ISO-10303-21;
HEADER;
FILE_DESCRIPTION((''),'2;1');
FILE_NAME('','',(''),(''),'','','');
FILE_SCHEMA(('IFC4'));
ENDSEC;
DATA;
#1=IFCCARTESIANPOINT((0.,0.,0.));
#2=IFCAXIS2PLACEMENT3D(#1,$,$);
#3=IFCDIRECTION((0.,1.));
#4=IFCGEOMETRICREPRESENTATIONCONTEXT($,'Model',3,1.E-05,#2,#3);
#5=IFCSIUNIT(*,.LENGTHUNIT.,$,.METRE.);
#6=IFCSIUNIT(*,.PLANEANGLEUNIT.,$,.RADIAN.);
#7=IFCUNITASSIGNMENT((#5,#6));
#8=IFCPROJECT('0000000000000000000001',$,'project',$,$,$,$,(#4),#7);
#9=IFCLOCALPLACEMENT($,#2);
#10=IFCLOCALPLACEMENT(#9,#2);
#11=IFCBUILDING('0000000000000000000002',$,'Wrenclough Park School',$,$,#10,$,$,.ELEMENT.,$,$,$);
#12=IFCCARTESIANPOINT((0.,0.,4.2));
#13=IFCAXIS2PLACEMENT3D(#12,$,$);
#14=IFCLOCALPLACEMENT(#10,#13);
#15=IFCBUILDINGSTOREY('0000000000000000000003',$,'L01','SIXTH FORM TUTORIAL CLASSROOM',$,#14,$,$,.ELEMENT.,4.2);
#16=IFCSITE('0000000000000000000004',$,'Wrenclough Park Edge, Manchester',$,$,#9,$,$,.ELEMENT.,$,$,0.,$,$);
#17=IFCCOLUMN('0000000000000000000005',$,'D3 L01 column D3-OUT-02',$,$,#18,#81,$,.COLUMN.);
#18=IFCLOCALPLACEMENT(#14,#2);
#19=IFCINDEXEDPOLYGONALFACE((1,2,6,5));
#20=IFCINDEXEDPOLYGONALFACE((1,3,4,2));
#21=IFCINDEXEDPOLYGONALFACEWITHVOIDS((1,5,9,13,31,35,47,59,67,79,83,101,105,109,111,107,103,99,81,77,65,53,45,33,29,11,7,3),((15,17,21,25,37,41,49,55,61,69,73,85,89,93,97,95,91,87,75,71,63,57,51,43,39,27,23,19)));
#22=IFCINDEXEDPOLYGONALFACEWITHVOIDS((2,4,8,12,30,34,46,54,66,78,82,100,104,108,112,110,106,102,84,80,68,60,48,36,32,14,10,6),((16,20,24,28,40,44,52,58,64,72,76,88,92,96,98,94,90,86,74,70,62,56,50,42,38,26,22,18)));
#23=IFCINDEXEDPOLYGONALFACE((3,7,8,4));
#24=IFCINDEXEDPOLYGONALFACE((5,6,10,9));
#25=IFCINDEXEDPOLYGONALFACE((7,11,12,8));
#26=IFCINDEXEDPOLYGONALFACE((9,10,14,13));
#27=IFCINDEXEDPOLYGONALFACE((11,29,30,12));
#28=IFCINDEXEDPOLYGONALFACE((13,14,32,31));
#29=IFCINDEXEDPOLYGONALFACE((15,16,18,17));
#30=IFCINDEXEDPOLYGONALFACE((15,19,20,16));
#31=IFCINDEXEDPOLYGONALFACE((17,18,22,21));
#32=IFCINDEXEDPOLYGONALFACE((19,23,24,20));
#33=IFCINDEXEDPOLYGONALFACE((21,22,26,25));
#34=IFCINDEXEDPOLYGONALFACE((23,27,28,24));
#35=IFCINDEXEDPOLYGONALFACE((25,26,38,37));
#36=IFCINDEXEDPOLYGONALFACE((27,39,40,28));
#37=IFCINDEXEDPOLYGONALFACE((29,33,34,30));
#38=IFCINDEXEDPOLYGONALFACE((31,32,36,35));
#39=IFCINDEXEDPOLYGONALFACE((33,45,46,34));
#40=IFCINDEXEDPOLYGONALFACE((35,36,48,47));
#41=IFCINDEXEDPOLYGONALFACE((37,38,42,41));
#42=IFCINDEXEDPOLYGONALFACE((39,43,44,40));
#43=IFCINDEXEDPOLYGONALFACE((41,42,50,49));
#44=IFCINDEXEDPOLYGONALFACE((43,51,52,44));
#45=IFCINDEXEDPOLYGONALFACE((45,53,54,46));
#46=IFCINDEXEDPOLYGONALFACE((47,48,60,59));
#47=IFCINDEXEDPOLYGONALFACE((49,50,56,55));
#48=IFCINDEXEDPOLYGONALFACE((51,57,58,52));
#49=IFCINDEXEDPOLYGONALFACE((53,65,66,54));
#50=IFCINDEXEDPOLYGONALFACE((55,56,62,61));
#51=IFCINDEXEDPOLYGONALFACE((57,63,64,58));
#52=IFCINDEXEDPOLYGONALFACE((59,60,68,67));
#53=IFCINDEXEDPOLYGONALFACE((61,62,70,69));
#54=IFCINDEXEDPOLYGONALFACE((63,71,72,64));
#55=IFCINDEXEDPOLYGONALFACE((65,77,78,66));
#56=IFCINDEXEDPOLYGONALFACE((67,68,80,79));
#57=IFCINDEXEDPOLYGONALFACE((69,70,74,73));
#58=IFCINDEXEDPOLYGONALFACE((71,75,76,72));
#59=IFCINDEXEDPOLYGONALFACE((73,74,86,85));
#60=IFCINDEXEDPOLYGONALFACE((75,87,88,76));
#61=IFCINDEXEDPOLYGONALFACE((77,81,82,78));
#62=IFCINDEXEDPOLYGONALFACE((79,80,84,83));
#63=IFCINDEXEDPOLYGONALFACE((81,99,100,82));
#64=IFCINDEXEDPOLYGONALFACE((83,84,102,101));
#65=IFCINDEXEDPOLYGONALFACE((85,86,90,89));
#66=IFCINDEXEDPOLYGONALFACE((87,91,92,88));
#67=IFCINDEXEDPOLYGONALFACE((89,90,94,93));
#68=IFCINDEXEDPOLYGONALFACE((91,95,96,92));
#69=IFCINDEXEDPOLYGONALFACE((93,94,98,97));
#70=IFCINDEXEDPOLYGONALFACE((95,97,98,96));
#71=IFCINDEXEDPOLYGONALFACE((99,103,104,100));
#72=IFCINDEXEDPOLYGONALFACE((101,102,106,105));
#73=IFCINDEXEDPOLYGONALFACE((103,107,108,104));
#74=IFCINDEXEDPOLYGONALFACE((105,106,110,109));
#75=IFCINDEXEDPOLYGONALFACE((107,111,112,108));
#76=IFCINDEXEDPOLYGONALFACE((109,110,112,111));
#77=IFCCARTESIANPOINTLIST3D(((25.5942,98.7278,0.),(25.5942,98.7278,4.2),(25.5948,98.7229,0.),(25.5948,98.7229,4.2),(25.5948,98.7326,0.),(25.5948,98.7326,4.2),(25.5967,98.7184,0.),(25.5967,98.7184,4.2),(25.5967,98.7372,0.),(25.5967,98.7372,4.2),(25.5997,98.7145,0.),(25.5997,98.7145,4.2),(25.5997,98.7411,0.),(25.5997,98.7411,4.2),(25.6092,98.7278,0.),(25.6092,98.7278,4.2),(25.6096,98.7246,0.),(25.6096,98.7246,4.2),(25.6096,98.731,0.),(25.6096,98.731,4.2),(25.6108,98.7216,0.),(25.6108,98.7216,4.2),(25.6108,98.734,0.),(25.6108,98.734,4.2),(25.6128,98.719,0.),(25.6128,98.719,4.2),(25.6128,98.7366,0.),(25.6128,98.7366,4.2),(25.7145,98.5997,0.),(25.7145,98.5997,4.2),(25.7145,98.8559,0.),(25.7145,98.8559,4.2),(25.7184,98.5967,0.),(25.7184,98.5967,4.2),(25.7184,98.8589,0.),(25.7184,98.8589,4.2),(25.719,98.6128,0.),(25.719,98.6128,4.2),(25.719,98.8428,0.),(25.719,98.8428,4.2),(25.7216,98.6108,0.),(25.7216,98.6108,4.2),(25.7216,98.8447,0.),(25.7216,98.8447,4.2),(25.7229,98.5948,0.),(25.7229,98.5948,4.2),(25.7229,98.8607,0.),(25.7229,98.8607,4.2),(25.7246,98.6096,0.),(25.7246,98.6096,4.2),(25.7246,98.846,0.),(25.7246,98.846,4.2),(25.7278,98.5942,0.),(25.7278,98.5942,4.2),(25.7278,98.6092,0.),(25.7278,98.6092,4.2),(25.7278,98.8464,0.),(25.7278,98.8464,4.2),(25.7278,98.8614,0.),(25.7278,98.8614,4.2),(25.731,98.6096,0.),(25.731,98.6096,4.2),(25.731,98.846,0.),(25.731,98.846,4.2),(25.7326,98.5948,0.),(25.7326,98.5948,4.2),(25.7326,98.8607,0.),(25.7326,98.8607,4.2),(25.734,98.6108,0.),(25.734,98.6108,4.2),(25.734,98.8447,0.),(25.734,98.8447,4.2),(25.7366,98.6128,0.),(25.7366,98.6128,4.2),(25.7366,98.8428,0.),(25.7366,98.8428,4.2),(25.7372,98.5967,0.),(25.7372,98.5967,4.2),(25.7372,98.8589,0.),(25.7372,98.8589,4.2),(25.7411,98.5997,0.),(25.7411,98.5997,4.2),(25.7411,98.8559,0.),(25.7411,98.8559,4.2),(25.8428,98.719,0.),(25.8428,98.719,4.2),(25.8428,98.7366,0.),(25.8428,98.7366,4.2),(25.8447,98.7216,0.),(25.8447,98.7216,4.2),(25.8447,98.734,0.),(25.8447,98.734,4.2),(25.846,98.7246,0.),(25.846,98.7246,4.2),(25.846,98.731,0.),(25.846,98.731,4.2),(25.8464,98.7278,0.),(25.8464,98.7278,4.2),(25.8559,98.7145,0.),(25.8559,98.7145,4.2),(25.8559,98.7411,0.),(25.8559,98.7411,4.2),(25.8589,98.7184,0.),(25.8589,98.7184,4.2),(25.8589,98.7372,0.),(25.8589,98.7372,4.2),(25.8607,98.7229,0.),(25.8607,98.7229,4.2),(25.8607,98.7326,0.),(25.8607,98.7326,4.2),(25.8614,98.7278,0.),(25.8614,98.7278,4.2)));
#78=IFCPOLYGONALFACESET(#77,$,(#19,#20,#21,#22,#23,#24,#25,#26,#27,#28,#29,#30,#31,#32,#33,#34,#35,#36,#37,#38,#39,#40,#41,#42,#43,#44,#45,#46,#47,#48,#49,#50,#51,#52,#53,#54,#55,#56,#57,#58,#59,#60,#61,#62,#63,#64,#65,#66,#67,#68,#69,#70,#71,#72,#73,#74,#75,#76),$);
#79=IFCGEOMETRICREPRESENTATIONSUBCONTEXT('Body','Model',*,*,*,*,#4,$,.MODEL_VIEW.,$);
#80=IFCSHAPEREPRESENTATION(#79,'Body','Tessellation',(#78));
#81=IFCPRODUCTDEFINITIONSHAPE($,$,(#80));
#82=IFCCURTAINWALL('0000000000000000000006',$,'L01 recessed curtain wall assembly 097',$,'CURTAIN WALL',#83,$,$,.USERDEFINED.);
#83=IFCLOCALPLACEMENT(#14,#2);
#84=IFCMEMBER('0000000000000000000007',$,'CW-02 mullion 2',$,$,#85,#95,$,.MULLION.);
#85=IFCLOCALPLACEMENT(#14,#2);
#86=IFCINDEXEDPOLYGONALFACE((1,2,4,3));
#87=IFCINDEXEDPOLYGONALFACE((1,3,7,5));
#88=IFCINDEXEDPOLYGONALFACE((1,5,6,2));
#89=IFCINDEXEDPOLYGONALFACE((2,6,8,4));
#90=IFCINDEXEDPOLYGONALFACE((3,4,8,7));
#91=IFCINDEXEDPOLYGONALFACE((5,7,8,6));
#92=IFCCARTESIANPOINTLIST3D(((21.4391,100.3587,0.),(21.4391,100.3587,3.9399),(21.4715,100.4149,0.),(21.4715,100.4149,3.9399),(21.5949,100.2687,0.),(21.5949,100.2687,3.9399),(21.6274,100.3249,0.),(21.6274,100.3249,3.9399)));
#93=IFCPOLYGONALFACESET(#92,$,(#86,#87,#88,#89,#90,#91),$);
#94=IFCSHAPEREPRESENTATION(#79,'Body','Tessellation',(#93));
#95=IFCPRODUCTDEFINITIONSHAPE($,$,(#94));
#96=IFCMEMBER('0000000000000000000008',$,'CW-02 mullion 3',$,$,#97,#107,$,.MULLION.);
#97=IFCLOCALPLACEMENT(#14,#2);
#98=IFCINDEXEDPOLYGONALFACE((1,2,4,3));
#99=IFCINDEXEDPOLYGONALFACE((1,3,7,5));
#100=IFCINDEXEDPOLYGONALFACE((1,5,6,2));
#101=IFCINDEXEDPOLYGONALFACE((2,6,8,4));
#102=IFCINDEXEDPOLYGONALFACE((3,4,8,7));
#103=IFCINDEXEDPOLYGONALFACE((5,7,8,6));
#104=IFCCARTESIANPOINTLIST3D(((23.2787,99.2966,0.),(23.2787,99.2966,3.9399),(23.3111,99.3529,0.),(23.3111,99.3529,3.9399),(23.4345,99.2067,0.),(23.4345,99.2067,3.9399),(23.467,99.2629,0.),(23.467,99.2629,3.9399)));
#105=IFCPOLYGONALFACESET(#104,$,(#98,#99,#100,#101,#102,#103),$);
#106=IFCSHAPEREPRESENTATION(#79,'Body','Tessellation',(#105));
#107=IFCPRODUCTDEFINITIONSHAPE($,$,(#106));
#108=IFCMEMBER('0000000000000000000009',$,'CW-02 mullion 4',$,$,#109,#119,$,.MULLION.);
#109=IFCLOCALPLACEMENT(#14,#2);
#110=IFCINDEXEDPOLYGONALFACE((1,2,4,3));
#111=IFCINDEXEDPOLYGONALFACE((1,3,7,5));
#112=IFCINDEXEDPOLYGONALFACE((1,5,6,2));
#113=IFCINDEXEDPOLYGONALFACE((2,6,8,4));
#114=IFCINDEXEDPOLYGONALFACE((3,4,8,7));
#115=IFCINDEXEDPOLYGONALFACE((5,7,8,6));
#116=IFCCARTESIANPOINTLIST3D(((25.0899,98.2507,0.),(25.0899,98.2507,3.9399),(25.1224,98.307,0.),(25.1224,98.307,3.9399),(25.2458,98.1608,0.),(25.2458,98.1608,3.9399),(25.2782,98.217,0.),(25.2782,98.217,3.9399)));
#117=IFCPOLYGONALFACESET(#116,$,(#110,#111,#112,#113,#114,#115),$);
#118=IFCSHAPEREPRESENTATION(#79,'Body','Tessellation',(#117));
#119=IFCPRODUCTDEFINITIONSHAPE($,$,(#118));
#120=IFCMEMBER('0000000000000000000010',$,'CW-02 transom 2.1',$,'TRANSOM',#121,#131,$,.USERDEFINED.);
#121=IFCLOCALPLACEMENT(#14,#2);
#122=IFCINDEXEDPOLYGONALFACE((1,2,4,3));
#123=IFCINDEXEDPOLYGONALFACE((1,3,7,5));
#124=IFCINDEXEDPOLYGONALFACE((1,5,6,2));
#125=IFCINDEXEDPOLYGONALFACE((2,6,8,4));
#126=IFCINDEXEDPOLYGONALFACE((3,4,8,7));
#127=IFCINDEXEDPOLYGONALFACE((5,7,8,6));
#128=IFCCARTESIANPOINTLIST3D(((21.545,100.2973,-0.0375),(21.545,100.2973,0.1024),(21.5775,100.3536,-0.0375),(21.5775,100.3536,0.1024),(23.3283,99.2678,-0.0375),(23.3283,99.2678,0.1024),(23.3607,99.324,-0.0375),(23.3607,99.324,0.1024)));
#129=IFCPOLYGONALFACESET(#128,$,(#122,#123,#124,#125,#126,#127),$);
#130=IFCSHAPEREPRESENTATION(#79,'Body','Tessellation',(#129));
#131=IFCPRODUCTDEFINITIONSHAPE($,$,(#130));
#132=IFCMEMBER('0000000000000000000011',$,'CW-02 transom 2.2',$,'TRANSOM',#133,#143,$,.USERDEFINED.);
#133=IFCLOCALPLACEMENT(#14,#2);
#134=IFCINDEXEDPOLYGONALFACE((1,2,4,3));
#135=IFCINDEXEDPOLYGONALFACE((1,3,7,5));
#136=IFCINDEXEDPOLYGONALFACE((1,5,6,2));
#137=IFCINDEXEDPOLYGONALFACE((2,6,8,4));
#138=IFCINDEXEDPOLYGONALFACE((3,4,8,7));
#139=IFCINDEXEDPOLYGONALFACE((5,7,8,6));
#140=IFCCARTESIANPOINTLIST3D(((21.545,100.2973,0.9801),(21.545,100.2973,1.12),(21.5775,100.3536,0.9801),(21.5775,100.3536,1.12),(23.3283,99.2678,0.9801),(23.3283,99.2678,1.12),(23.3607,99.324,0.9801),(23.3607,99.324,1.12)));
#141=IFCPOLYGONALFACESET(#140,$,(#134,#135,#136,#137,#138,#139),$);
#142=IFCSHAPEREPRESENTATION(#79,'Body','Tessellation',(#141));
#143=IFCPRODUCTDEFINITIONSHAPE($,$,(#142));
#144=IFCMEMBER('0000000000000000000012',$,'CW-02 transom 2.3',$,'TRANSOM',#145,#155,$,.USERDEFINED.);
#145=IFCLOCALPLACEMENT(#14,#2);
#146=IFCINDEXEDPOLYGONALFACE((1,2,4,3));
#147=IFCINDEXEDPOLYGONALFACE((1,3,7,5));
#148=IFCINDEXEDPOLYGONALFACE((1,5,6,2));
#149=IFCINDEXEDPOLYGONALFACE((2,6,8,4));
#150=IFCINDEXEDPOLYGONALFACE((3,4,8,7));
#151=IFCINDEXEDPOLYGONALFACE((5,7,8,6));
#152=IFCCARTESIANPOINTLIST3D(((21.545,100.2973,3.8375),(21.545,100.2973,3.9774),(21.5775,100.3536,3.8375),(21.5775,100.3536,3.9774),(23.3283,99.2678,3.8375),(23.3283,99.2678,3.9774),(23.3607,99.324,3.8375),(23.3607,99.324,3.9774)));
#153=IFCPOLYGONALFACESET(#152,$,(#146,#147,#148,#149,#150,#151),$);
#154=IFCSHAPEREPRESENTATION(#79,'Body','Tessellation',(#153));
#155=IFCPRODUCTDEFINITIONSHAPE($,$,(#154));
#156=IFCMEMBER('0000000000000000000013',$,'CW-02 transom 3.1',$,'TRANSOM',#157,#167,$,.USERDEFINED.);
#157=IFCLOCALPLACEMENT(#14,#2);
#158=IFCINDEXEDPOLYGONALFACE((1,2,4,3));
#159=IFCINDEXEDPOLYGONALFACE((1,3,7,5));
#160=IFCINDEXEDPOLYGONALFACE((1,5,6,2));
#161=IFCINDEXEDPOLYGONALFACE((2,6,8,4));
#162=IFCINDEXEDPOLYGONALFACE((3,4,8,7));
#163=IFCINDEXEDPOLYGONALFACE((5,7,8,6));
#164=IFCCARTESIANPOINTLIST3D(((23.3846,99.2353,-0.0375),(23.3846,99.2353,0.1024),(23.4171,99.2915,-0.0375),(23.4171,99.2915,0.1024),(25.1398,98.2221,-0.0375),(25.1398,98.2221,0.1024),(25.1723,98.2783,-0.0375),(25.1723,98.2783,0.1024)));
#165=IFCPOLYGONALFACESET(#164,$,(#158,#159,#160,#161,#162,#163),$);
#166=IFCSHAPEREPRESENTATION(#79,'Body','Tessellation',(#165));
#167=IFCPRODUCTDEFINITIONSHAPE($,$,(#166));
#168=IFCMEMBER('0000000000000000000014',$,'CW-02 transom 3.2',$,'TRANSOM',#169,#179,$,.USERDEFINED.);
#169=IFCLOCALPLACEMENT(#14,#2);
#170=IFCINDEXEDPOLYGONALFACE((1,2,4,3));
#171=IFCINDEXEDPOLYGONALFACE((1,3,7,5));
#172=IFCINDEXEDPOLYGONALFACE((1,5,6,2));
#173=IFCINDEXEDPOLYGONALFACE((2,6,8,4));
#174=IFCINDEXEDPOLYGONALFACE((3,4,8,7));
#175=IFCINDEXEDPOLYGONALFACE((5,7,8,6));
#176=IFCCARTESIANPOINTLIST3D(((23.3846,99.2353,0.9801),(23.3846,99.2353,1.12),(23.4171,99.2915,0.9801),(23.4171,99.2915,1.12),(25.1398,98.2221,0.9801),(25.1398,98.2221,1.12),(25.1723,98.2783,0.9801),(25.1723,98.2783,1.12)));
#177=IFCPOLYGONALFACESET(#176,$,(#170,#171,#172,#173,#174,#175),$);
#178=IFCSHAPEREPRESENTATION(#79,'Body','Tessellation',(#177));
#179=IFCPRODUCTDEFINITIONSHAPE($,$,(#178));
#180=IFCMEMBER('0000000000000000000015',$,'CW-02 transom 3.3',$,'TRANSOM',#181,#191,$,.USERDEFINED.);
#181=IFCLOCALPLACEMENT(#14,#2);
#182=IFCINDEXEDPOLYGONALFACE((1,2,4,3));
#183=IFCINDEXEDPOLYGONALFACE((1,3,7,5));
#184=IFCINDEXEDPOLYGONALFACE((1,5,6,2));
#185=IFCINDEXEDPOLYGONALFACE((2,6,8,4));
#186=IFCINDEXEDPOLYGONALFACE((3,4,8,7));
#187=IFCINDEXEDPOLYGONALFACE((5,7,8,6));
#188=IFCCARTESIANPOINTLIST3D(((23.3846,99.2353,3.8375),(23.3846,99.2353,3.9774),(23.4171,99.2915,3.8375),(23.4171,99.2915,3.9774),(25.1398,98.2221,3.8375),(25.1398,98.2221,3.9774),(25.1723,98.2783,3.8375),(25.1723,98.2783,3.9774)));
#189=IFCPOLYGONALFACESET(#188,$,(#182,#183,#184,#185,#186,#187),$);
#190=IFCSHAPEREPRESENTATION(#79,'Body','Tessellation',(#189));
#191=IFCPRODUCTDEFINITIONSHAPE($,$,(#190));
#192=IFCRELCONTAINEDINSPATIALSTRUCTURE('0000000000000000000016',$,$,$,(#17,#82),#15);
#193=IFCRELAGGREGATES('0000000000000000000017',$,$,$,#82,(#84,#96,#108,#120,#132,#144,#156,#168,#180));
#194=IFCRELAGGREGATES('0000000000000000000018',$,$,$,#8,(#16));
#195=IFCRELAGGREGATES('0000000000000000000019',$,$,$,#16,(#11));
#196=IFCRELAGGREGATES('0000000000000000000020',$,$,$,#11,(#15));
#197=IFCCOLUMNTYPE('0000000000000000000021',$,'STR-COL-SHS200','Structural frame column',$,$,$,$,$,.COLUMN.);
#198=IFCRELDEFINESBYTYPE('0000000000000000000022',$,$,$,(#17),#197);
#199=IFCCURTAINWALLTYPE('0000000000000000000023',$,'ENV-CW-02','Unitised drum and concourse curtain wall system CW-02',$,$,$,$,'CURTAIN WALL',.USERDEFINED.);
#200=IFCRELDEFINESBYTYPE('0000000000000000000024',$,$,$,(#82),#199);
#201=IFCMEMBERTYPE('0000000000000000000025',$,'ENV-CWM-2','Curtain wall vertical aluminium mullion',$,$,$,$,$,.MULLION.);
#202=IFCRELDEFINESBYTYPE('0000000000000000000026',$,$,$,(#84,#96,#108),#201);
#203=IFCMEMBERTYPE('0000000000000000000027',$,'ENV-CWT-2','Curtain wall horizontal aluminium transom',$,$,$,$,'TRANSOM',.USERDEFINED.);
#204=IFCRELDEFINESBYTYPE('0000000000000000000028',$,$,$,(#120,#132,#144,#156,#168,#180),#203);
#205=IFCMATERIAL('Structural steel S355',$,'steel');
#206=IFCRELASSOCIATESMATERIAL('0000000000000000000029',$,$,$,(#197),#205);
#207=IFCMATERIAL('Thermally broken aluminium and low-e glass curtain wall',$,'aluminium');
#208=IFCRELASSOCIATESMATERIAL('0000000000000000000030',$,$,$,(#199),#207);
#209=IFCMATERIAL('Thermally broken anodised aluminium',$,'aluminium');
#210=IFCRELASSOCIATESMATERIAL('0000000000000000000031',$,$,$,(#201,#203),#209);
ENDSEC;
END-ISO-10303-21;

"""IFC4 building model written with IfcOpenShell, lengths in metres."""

from ifc_helpers import new_model, si_unit, direction, frame, origin, origin_2d, place, context, subcontext, project, spatial, rectangle, hollow_rectangle, extrude, material, material_profile, profile_set, type_object, element, aggregate, save


model = new_model("IFC4")

# Units and contexts
model_context = context("Model", 3, precision=1e-05, world=origin(), true_north=direction((0.0, 1.0)))
body_context = subcontext(model_context, "Body", "Model", "MODEL_VIEW")
ifc_project = project(units=[si_unit("LENGTHUNIT", "METRE"), si_unit("PLANEANGLEUNIT", "RADIAN")], contexts=[model_context])

# Site, building, storey
site_placement = place(None, origin())
site = spatial("IfcSite", under=ifc_project, at=site_placement, Name="Wrenclough Park Edge, Manchester", CompositionType="ELEMENT", RefElevation=0.0)
building_placement = place(site_placement, origin())
building = spatial("IfcBuilding", under=site, at=building_placement, Name="Wrenclough Park School", CompositionType="ELEMENT")
storey_placement = place(building_placement, frame((0.0, 0.0, 4.2)))
storey = spatial("IfcBuildingStorey", under=building, at=storey_placement, Name="L01", Description="SIXTH FORM TUTORIAL CLASSROOM", CompositionType="ELEMENT", Elevation=4.2)

# Column
ifc_material_1 = material(Name="Structural steel S355", Category="steel")
ifc_material_profile_1 = material_profile(ifc_material_1, hollow_rectangle(XDim=0.2, YDim=0.2, WallThickness=0.0125, InnerFilletRadius=0.0125, OuterFilletRadius=0.0188, at=origin_2d()), Name="SHS 200x200x12.5")
ifc_profile_set_1 = profile_set([ifc_material_profile_1], Name="Structural steel S355")
column_type = type_object("IfcColumnType", Name="STR-COL-SHS200", Description="Structural frame column", PredefinedType="COLUMN", material=ifc_profile_set_1)
column_placement = place(storey_placement, frame((25.7278, 98.7278, 0.0), z_axis=(0.0, 0.0, 1.0), x_axis=(-0.707107, 0.707107, 0.0)))
element("IfcColumn", 1, at=column_placement, inside=storey, type_object=column_type, Name="D3 L01 column D3-OUT-02", PredefinedType="COLUMN", context=body_context, shape_type="SweptSolid", body=[
    extrude(hollow_rectangle(XDim=0.2, YDim=0.2, WallThickness=0.0125, InnerFilletRadius=0.0125, OuterFilletRadius=0.0188, at=origin_2d()), origin(), (0.0, 0.0, 1.0), 4.2),
])

# Curtain wall, members
ifc_material_2 = material(Name="Thermally broken aluminium and low-e glass curtain wall", Category="aluminium")
curtain_wall_type = type_object("IfcCurtainWallType", Name="ENV-CW-02", Description="Unitised drum and concourse curtain wall system CW-02", ElementType="CURTAIN WALL", PredefinedType="USERDEFINED", material=ifc_material_2)
curtain_wall_placement = place(storey_placement, origin())
curtain_wall = element("IfcCurtainWall", 2, at=curtain_wall_placement, inside=storey, type_object=curtain_wall_type, Name="L01 recessed curtain wall assembly 097", ObjectType="CURTAIN WALL", PredefinedType="USERDEFINED")
ifc_material_3 = material(Name="Thermally broken anodised aluminium", Category="aluminium")
ifc_material_profile_2 = material_profile(ifc_material_3, rectangle(XDim=0.0649, YDim=0.1799, at=origin_2d()), Name="AL MULLION 65x180")
ifc_profile_set_2 = profile_set([ifc_material_profile_2], Name="Thermally broken anodised aluminium")
member_type_1 = type_object("IfcMemberType", Name="ENV-CWM-2", Description="Curtain wall vertical aluminium mullion", PredefinedType="MULLION", material=ifc_profile_set_2)
member_1_placement = place(storey_placement, frame((21.5332, 100.3418, 0.0), z_axis=(0.0, 0.0, 1.0), x_axis=(0.499999, 0.866026, 0.0)))
member_1 = element("IfcMember", 3, at=member_1_placement, type_object=member_type_1, Name="CW-02 mullion 2", PredefinedType="MULLION", context=body_context, shape_type="SweptSolid", body=[
    extrude(rectangle(XDim=0.0649, YDim=0.1799, at=origin_2d()), origin(), (0.0, 0.0, 1.0), 3.9399),
])
member_2_placement = place(storey_placement, frame((23.3728, 99.2798, 0.0), z_axis=(0.0, 0.0, 1.0), x_axis=(0.499999, 0.866026, 0.0)))
member_2 = element("IfcMember", 4, at=member_2_placement, type_object=member_type_1, Name="CW-02 mullion 3", PredefinedType="MULLION", context=body_context, shape_type="SweptSolid", body=[
    extrude(rectangle(XDim=0.0649, YDim=0.1799, at=origin_2d()), origin(), (0.0, 0.0, 1.0), 3.9399),
])
member_3_placement = place(storey_placement, frame((25.1841, 98.2339, 0.0), z_axis=(0.0, 0.0, 1.0), x_axis=(0.499999, 0.866026, 0.0)))
member_3 = element("IfcMember", 5, at=member_3_placement, type_object=member_type_1, Name="CW-02 mullion 4", PredefinedType="MULLION", context=body_context, shape_type="SweptSolid", body=[
    extrude(rectangle(XDim=0.0649, YDim=0.1799, at=origin_2d()), origin(), (0.0, 0.0, 1.0), 3.9399),
])
ifc_material_profile_3 = material_profile(ifc_material_3, rectangle(XDim=0.0649, YDim=0.1399, at=origin_2d()), Name="AL TRANSOM 65x140")
ifc_profile_set_3 = profile_set([ifc_material_profile_3], Name="Thermally broken anodised aluminium")
member_type_2 = type_object("IfcMemberType", Name="ENV-CWT-2", Description="Curtain wall horizontal aluminium transom", ElementType="TRANSOM", PredefinedType="USERDEFINED", material=ifc_profile_set_3)
member_4_placement = place(storey_placement, frame((21.5613, 100.3254, 0.0325), z_axis=(0.866024, -0.500003, 0.0), x_axis=(0.500003, 0.866024, 0.0)))
member_4 = element("IfcMember", 6, at=member_4_placement, type_object=member_type_2, Name="CW-02 transom 2.1", ObjectType="TRANSOM", PredefinedType="USERDEFINED", context=body_context, shape_type="SweptSolid", body=[
    extrude(rectangle(XDim=0.0649, YDim=0.1399, at=origin_2d()), origin(), (0.0, 0.0, 1.0), 2.0591),
])
member_5_placement = place(storey_placement, frame((21.5613, 100.3254, 1.05), z_axis=(0.866024, -0.500003, 0.0), x_axis=(0.500003, 0.866024, 0.0)))
member_5 = element("IfcMember", 7, at=member_5_placement, type_object=member_type_2, Name="CW-02 transom 2.2", ObjectType="TRANSOM", PredefinedType="USERDEFINED", context=body_context, shape_type="SweptSolid", body=[
    extrude(rectangle(XDim=0.0649, YDim=0.1399, at=origin_2d()), origin(), (0.0, 0.0, 1.0), 2.0591),
])
member_6_placement = place(storey_placement, frame((21.5613, 100.3254, 3.9075), z_axis=(0.866024, -0.500003, 0.0), x_axis=(0.500003, 0.866024, 0.0)))
member_6 = element("IfcMember", 8, at=member_6_placement, type_object=member_type_2, Name="CW-02 transom 2.3", ObjectType="TRANSOM", PredefinedType="USERDEFINED", context=body_context, shape_type="SweptSolid", body=[
    extrude(rectangle(XDim=0.0649, YDim=0.1399, at=origin_2d()), origin(), (0.0, 0.0, 1.0), 2.0591),
])
member_7_placement = place(storey_placement, frame((23.4009, 99.2634, 0.0325), z_axis=(0.866055, -0.499948, 0.0), x_axis=(0.499948, 0.866055, 0.0)))
member_7 = element("IfcMember", 9, at=member_7_placement, type_object=member_type_2, Name="CW-02 transom 3.1", ObjectType="TRANSOM", PredefinedType="USERDEFINED", context=body_context, shape_type="SweptSolid", body=[
    extrude(rectangle(XDim=0.0649, YDim=0.1399, at=origin_2d()), origin(), (0.0, 0.0, 1.0), 2.0266),
])
member_8_placement = place(storey_placement, frame((23.4009, 99.2634, 1.05), z_axis=(0.866055, -0.499948, 0.0), x_axis=(0.499948, 0.866055, 0.0)))
member_8 = element("IfcMember", 10, at=member_8_placement, type_object=member_type_2, Name="CW-02 transom 3.2", ObjectType="TRANSOM", PredefinedType="USERDEFINED", context=body_context, shape_type="SweptSolid", body=[
    extrude(rectangle(XDim=0.0649, YDim=0.1399, at=origin_2d()), origin(), (0.0, 0.0, 1.0), 2.0266),
])
member_9_placement = place(storey_placement, frame((23.4009, 99.2634, 3.9075), z_axis=(0.866055, -0.499948, 0.0), x_axis=(0.499948, 0.866055, 0.0)))
member_9 = element("IfcMember", 11, at=member_9_placement, type_object=member_type_2, Name="CW-02 transom 3.3", ObjectType="TRANSOM", PredefinedType="USERDEFINED", context=body_context, shape_type="SweptSolid", body=[
    extrude(rectangle(XDim=0.0649, YDim=0.1399, at=origin_2d()), origin(), (0.0, 0.0, 1.0), 2.0266),
])

aggregate(curtain_wall, [member_1, member_2, member_3, member_4, member_5, member_6, member_7, member_8, member_9])

save(model, "model.ifc")
